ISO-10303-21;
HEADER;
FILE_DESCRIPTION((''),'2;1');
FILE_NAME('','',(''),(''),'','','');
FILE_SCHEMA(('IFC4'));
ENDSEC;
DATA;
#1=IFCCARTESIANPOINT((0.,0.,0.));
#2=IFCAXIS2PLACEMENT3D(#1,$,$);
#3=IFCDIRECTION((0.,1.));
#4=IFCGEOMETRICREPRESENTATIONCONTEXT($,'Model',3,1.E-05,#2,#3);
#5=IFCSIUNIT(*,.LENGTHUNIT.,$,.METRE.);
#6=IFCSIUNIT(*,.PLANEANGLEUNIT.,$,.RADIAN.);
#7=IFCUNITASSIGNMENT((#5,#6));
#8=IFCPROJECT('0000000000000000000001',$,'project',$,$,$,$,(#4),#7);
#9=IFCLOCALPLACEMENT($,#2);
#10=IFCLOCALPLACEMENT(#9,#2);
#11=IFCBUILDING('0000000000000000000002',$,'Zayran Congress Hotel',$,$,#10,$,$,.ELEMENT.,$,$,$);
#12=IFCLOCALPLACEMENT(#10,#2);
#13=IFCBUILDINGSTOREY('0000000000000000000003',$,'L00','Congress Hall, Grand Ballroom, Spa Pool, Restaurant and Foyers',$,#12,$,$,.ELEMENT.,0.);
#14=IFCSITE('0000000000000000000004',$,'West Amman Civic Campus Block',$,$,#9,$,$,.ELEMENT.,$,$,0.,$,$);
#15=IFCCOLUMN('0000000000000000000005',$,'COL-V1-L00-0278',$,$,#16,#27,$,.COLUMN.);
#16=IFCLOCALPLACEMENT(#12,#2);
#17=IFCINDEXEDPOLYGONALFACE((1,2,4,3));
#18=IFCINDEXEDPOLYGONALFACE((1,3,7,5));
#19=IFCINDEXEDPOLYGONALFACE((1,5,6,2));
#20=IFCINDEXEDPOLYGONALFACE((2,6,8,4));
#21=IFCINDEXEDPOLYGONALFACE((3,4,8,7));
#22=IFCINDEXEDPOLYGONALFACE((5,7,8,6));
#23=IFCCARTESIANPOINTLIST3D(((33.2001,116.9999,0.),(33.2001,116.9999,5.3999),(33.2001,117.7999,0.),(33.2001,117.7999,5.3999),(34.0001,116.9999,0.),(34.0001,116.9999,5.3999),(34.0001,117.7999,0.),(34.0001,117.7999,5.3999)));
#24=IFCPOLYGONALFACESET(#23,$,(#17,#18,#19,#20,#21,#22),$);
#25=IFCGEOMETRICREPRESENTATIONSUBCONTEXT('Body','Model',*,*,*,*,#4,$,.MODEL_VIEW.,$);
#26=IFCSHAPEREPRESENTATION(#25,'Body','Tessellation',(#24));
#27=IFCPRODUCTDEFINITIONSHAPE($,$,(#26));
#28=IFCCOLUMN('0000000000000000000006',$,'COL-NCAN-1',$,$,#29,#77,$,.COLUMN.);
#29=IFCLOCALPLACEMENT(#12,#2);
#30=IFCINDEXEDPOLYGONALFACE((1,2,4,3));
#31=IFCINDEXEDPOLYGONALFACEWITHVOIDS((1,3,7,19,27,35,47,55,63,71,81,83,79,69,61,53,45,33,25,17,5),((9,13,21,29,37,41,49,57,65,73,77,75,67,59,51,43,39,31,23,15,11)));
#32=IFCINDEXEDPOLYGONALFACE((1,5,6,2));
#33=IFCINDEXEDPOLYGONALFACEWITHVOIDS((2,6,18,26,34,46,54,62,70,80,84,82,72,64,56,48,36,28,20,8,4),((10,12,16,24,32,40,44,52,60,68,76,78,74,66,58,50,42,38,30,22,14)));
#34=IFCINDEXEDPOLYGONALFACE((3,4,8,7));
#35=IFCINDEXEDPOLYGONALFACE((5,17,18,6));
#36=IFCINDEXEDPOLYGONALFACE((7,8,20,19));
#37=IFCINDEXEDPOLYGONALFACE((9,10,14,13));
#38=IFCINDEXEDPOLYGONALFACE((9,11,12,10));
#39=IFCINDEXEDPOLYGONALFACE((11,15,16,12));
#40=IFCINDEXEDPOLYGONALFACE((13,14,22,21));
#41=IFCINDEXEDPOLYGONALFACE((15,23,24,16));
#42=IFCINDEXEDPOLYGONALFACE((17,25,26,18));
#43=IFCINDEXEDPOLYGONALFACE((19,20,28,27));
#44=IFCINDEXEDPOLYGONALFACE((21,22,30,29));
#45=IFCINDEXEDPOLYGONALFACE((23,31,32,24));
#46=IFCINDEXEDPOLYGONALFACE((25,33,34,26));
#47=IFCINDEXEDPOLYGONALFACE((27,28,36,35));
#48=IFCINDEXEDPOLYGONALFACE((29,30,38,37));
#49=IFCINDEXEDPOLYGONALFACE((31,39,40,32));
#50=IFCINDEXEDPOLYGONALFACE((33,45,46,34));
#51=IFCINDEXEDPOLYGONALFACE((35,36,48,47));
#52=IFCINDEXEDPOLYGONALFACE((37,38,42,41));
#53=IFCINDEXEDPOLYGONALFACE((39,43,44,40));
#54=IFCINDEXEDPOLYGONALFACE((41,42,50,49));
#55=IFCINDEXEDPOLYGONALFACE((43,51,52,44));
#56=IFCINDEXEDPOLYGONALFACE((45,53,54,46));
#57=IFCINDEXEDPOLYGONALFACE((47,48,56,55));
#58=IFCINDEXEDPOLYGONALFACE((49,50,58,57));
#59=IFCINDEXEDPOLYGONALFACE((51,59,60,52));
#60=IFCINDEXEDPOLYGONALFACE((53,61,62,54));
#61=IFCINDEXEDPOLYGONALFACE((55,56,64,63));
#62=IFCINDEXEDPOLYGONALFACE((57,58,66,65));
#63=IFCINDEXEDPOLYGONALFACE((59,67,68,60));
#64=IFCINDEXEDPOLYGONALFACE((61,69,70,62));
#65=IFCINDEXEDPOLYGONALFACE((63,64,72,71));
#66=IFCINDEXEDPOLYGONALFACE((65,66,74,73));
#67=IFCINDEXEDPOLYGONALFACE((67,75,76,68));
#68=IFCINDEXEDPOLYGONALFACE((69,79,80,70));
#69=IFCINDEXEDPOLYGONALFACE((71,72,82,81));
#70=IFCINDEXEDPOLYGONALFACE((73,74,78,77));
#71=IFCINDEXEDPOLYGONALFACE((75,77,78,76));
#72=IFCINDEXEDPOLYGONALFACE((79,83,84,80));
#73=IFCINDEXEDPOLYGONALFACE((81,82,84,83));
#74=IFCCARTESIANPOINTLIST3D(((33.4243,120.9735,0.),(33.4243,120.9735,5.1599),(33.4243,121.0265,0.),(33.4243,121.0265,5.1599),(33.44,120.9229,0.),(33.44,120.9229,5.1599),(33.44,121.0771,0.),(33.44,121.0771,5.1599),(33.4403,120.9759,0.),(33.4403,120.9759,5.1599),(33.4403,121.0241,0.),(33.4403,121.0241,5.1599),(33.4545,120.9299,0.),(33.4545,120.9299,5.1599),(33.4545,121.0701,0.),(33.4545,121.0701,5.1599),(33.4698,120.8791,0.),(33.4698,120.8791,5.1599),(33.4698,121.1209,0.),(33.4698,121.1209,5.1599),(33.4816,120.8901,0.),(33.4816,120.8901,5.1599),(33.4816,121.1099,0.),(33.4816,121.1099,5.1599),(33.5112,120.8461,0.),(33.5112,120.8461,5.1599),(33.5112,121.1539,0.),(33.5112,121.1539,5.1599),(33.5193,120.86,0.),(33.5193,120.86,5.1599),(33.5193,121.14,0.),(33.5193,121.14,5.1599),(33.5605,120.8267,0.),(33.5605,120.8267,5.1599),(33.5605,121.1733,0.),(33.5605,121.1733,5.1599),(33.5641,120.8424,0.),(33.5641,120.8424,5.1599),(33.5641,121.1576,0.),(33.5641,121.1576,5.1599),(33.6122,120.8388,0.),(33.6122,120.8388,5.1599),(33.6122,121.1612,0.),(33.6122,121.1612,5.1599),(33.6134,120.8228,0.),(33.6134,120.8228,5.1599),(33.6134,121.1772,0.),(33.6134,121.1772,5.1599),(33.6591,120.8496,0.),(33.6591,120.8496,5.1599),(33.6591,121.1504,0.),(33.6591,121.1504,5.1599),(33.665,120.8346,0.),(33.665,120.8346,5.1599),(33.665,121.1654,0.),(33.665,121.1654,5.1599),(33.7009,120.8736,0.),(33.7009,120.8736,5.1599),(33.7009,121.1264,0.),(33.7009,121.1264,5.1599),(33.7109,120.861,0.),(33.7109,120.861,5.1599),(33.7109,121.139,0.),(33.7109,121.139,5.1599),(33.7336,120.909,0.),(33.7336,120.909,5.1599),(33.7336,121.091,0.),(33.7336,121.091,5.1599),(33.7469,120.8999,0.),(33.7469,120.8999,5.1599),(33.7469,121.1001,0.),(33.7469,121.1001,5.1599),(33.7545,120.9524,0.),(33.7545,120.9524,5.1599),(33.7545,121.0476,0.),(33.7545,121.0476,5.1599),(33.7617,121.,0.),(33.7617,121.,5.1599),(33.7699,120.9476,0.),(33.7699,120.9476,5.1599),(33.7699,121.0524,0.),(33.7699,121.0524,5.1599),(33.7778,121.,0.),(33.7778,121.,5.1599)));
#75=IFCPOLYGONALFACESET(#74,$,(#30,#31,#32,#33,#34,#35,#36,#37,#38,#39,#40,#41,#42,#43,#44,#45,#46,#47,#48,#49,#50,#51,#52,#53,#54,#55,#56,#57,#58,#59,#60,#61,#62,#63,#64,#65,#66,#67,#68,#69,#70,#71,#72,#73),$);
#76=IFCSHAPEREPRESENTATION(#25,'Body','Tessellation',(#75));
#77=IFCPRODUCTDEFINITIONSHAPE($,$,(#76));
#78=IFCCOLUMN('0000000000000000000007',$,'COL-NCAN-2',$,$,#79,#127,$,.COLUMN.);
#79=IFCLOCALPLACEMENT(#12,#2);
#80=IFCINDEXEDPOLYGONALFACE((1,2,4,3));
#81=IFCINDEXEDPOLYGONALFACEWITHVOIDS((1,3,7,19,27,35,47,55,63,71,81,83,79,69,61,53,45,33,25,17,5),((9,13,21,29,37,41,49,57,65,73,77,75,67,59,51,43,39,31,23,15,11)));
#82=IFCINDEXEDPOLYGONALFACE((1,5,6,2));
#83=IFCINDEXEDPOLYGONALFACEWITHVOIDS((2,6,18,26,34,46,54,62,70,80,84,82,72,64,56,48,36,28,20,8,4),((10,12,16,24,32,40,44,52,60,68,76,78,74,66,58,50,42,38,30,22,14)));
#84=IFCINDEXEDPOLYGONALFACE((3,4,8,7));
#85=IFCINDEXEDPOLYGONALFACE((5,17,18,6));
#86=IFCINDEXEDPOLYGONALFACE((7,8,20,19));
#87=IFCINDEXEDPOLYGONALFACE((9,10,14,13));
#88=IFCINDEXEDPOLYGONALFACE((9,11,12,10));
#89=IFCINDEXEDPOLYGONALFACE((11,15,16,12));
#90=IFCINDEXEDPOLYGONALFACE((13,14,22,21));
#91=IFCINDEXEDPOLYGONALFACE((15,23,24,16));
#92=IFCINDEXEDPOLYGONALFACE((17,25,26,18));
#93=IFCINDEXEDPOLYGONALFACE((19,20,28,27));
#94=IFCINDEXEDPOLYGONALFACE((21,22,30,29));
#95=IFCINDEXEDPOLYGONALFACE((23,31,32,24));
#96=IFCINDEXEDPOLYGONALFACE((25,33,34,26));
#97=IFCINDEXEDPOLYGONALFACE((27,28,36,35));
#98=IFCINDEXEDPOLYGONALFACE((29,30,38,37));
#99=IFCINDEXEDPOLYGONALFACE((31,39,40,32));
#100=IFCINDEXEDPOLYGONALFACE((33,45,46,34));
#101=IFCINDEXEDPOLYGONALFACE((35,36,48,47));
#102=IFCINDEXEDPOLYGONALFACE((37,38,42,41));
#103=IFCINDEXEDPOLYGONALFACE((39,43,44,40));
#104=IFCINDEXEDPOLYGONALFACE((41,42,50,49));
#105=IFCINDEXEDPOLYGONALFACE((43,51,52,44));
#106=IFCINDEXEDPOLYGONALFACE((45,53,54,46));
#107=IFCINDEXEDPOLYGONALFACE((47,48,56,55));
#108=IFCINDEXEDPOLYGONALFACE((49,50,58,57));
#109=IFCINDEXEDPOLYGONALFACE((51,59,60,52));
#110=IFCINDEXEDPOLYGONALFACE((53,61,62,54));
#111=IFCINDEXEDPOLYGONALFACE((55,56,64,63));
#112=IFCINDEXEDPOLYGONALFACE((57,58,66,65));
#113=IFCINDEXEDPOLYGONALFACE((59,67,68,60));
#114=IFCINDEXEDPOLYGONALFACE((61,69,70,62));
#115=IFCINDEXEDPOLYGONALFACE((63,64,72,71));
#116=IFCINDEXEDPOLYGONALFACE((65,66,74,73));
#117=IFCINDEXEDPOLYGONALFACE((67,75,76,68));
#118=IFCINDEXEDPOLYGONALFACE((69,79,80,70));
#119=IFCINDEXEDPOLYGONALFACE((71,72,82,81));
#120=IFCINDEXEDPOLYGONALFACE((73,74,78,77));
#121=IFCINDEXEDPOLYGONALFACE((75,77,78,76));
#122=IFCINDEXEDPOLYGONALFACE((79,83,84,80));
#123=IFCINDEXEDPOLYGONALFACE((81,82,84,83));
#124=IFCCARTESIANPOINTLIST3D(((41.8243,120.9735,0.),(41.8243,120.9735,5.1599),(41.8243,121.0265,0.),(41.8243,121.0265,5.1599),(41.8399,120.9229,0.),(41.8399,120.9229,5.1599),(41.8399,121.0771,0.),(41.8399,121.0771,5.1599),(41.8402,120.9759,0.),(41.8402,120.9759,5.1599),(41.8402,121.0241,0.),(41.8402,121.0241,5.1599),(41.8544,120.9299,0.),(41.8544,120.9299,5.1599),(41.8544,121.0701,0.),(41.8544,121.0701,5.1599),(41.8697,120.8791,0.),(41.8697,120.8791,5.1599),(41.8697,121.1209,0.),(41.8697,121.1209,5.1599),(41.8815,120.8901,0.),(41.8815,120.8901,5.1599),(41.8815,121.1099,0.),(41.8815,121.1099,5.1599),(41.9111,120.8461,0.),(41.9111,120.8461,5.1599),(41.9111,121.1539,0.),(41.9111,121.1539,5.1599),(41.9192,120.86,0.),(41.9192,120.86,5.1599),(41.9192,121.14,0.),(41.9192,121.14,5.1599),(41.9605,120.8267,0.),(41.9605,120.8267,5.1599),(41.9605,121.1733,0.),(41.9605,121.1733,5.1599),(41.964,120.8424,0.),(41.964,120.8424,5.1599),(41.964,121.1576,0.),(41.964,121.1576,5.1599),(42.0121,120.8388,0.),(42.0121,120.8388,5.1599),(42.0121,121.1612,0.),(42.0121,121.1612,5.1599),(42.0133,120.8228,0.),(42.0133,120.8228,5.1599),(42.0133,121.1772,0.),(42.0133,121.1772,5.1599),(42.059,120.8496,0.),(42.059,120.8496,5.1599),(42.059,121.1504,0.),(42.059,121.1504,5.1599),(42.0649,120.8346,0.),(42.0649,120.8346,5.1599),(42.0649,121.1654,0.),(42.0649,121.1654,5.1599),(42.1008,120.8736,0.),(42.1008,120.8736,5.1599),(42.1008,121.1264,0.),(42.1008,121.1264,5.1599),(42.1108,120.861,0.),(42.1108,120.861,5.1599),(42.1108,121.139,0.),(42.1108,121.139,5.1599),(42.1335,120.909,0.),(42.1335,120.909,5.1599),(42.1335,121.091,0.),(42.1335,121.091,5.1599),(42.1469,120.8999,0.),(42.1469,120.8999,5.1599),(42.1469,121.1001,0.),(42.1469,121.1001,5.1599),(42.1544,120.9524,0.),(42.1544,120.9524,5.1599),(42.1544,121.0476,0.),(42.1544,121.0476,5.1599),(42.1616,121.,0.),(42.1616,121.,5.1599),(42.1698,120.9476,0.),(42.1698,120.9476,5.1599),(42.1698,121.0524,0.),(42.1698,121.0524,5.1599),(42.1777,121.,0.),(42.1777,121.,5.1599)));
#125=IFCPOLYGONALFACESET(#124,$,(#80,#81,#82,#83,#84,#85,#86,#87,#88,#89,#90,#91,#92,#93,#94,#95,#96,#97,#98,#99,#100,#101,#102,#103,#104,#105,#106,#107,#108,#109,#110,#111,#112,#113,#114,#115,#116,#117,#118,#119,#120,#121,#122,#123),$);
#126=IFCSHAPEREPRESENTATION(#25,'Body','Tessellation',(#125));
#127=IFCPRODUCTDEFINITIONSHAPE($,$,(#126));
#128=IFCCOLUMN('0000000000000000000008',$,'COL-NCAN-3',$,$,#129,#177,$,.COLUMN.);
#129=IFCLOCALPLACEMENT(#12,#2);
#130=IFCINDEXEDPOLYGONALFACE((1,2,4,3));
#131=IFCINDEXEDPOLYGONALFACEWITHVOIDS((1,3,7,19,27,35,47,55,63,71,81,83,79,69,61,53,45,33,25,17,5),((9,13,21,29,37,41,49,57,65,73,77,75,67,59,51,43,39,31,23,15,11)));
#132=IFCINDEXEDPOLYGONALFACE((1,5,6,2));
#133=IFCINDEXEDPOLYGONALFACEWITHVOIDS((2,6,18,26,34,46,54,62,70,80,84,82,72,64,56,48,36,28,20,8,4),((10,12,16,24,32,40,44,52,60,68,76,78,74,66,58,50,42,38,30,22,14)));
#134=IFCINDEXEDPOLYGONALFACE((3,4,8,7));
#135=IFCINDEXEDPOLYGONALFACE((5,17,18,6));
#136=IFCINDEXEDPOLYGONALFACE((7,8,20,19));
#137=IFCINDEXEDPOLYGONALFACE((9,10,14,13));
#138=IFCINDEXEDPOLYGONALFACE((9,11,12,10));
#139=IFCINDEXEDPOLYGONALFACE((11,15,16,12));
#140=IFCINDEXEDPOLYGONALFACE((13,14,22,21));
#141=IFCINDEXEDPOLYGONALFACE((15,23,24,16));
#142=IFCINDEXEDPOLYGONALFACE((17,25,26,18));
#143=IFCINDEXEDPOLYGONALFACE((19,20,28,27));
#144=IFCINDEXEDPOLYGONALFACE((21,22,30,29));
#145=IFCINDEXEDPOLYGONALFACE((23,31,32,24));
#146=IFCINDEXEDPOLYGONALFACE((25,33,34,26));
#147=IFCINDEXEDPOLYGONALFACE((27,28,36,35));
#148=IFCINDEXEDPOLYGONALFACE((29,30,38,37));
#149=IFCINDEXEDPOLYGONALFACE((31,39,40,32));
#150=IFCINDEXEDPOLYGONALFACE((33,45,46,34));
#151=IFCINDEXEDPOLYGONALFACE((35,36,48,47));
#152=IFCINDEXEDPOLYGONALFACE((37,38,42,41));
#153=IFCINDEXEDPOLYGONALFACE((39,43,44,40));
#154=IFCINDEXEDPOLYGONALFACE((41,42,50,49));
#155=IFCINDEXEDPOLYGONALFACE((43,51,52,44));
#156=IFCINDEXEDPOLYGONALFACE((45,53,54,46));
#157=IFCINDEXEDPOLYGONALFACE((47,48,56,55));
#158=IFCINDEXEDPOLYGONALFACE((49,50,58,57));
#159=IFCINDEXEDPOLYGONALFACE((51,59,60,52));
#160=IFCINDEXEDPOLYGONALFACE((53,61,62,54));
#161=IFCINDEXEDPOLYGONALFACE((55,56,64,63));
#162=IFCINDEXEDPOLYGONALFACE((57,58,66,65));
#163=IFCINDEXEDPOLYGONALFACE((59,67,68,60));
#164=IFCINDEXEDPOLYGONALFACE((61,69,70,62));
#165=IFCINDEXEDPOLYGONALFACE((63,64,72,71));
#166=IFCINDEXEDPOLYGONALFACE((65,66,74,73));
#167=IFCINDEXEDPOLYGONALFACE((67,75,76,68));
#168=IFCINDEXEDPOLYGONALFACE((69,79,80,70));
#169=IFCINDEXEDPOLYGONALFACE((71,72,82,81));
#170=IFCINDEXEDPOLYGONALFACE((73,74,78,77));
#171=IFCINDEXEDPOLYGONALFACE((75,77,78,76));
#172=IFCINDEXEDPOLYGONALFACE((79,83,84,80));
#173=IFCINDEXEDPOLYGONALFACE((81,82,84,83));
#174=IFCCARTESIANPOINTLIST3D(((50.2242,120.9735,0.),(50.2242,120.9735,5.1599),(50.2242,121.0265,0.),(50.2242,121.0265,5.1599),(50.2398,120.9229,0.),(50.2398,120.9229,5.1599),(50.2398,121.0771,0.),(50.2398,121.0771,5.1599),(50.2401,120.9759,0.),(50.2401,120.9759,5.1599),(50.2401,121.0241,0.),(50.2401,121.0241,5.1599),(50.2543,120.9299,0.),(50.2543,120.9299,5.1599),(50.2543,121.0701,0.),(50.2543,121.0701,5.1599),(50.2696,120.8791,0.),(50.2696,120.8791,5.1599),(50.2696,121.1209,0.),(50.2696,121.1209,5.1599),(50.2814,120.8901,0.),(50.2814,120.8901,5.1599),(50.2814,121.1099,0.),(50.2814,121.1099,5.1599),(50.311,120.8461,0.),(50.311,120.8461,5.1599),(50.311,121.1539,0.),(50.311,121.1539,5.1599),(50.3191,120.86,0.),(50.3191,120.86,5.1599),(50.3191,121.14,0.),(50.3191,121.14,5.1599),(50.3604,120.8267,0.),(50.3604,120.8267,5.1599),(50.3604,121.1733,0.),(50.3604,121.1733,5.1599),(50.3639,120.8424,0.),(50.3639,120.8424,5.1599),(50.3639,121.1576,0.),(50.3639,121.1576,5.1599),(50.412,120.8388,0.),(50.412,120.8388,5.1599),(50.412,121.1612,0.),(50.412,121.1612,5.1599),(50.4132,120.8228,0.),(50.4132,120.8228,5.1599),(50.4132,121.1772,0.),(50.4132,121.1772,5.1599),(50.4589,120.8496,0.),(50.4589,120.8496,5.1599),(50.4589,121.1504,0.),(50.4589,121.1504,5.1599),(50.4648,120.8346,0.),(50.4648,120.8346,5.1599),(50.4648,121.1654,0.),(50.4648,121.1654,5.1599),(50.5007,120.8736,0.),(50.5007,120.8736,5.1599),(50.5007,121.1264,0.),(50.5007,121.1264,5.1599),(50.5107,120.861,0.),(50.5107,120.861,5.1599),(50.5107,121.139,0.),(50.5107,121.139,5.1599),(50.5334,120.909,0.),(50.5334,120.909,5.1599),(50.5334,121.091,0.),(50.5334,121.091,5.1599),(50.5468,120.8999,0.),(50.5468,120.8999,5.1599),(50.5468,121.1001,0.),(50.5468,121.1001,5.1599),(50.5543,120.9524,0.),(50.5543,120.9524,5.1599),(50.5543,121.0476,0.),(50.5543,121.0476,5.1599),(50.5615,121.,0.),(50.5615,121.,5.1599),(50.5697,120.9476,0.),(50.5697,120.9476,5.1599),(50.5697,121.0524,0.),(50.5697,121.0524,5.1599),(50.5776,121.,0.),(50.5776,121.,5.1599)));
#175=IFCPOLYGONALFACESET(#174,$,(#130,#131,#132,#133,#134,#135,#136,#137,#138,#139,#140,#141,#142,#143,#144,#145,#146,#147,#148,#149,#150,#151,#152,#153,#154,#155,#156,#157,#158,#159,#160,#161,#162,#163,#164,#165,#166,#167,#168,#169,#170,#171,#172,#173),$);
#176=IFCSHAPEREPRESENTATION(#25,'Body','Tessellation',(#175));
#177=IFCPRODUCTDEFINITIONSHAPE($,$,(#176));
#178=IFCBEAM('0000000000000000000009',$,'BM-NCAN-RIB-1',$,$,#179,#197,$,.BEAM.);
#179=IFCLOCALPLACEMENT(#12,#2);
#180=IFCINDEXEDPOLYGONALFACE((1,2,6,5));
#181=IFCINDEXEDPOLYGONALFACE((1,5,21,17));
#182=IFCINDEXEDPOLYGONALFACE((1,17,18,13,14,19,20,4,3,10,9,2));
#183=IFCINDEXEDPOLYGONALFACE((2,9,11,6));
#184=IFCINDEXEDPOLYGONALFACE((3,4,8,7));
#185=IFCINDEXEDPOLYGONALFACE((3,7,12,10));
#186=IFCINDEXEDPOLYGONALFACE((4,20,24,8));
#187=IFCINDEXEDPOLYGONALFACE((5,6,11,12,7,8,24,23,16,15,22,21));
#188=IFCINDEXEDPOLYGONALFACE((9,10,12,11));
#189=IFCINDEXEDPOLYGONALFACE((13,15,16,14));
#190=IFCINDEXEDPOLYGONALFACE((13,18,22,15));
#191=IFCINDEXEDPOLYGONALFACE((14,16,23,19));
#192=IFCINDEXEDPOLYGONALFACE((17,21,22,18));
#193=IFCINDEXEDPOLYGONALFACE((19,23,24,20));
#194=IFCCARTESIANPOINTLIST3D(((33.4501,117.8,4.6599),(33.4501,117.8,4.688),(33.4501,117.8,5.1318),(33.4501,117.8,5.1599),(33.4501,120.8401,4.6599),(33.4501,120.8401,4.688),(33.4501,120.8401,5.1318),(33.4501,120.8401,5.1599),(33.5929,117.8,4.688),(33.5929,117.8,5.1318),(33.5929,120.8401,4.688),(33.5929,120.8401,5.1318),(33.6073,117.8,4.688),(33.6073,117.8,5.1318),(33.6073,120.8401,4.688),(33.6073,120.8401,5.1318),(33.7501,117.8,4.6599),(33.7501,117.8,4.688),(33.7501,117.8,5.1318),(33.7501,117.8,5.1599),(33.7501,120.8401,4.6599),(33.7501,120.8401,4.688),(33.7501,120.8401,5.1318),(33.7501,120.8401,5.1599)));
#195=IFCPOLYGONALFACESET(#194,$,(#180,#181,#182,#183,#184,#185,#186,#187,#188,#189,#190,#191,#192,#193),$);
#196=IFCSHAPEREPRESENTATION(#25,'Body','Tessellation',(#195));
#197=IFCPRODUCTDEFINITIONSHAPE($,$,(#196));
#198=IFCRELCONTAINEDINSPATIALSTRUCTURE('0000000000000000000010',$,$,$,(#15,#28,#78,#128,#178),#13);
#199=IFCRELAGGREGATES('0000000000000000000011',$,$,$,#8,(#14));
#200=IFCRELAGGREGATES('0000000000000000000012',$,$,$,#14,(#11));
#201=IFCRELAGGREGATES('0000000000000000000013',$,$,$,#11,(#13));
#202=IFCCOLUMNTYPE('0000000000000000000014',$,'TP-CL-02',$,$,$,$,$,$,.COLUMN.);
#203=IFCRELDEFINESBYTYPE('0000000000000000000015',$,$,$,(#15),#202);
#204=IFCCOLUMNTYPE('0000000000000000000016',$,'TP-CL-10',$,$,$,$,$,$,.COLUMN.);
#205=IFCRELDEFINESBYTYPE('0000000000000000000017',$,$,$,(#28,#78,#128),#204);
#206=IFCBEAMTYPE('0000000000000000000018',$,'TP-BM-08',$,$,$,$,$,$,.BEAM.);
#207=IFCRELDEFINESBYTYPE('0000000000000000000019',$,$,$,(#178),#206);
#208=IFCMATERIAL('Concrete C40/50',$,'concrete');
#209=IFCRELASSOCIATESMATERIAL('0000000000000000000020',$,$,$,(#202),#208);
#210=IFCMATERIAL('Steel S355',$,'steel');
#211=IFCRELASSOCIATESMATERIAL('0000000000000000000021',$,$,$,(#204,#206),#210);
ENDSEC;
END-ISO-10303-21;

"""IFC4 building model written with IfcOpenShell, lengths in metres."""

from ifc_helpers import new_model, si_unit, direction, frame, origin, origin_2d, place, context, subcontext, project, spatial, rectangle, hollow_circle, i_section, extrude, material, material_profile, profile_set, type_object, element, save


model = new_model("IFC4")

# Units and contexts
model_context = context("Model", 3, precision=1e-05, world=origin(), true_north=direction((0.0, 1.0)))
body_context = subcontext(model_context, "Body", "Model", "MODEL_VIEW")
ifc_project = project(units=[si_unit("LENGTHUNIT", "METRE"), si_unit("PLANEANGLEUNIT", "RADIAN")], contexts=[model_context])

# Site, building, storey
site_placement = place(None, origin())
site = spatial("IfcSite", under=ifc_project, at=site_placement, Name="West Amman Civic Campus Block", CompositionType="ELEMENT", RefElevation=0.0)
building_placement = place(site_placement, origin())
building = spatial("IfcBuilding", under=site, at=building_placement, Name="Zayran Congress Hotel", CompositionType="ELEMENT")
storey_placement = place(building_placement, origin())
storey = spatial("IfcBuildingStorey", under=building, at=storey_placement, Name="L00", Description="Congress Hall, Grand Ballroom, Spa Pool, Restaurant and Foyers", CompositionType="ELEMENT", Elevation=0.0)

# Columns
ifc_material_1 = material(Name="Concrete C40/50", Category="concrete")
ifc_material_profile_1 = material_profile(ifc_material_1, rectangle(XDim=0.8, YDim=0.8, at=origin_2d()), Name="RC 800x800")
ifc_profile_set_1 = profile_set([ifc_material_profile_1], Name="Concrete C40/50")
column_type_1 = type_object("IfcColumnType", Name="TP-CL-02", PredefinedType="COLUMN", material=ifc_profile_set_1)
column_placement = place(storey_placement, frame((33.6001, 117.3999, 0.0), z_axis=(0.0, 0.0, 1.0), x_axis=(1.0, 0.0, 0.0)))
element("IfcColumn", 1, at=column_placement, inside=storey, type_object=column_type_1, Name="COL-V1-L00-0278", PredefinedType="COLUMN", context=body_context, shape_type="SweptSolid", body=[
    extrude(rectangle(XDim=0.8, YDim=0.8, at=origin_2d()), origin(), (0.0, 0.0, 1.0), 5.3999),
])
ifc_material_2 = material(Name="Steel S355", Category="steel")
ifc_material_profile_2 = material_profile(ifc_material_2, hollow_circle(Radius=0.1777, WallThickness=0.0161, at=origin_2d()), Name="CHS 355.6x16")
ifc_profile_set_2 = profile_set([ifc_material_profile_2], Name="Steel S355")
column_type_2 = type_object("IfcColumnType", Name="TP-CL-10", PredefinedType="COLUMN", material=ifc_profile_set_2)
for number, where, z_axis, x_axis, name in (
    (2, (33.6001, 121.0, 0.0), (0.0, 0.0, 1.0), (1.0, 0.0, 0.0), "COL-NCAN-1"),
    (3, (42.0, 121.0, 0.0), (0.0, 0.0, 1.0), (1.0, 0.0, 0.0), "COL-NCAN-2"),
    (4, (50.3999, 121.0, 0.0), (0.0, 0.0, 1.0), (1.0, 0.0, 0.0), "COL-NCAN-3"),
):
    element("IfcColumn", number, at=place(storey_placement, frame(where, z_axis=z_axis, x_axis=x_axis)), inside=storey, type_object=column_type_2, Name=name, PredefinedType="COLUMN", context=body_context, shape_type="SweptSolid", body=[
        extrude(hollow_circle(Radius=0.1777, WallThickness=0.0161, at=origin_2d()), origin(), (0.0, 0.0, 1.0), 5.1599),
    ])

# Beam
ifc_material_profile_3 = material_profile(ifc_material_2, i_section(OverallWidth=0.3, OverallDepth=0.5, WebThickness=0.0144, FlangeThickness=0.0281, at=origin_2d()), Name="HEB 500")
ifc_profile_set_3 = profile_set([ifc_material_profile_3], Name="Steel S355")
beam_type_1 = type_object("IfcBeamType", Name="TP-BM-08", PredefinedType="BEAM", material=ifc_profile_set_3)
beam_1_placement = place(storey_placement, frame((33.6001, 117.8, 4.9099), z_axis=(0.0, 1.0, 0.0), x_axis=(-1.0, 0.0, 0.0)))
element("IfcBeam", 5, at=beam_1_placement, inside=storey, type_object=beam_type_1, Name="BM-NCAN-RIB-1", PredefinedType="BEAM", context=body_context, shape_type="SweptSolid", body=[
    extrude(i_section(OverallWidth=0.3, OverallDepth=0.5, WebThickness=0.0144, FlangeThickness=0.0281, at=origin_2d()), origin(), (0.0, 0.0, 1.0), 3.04),
])

save(model, "model.ifc")
